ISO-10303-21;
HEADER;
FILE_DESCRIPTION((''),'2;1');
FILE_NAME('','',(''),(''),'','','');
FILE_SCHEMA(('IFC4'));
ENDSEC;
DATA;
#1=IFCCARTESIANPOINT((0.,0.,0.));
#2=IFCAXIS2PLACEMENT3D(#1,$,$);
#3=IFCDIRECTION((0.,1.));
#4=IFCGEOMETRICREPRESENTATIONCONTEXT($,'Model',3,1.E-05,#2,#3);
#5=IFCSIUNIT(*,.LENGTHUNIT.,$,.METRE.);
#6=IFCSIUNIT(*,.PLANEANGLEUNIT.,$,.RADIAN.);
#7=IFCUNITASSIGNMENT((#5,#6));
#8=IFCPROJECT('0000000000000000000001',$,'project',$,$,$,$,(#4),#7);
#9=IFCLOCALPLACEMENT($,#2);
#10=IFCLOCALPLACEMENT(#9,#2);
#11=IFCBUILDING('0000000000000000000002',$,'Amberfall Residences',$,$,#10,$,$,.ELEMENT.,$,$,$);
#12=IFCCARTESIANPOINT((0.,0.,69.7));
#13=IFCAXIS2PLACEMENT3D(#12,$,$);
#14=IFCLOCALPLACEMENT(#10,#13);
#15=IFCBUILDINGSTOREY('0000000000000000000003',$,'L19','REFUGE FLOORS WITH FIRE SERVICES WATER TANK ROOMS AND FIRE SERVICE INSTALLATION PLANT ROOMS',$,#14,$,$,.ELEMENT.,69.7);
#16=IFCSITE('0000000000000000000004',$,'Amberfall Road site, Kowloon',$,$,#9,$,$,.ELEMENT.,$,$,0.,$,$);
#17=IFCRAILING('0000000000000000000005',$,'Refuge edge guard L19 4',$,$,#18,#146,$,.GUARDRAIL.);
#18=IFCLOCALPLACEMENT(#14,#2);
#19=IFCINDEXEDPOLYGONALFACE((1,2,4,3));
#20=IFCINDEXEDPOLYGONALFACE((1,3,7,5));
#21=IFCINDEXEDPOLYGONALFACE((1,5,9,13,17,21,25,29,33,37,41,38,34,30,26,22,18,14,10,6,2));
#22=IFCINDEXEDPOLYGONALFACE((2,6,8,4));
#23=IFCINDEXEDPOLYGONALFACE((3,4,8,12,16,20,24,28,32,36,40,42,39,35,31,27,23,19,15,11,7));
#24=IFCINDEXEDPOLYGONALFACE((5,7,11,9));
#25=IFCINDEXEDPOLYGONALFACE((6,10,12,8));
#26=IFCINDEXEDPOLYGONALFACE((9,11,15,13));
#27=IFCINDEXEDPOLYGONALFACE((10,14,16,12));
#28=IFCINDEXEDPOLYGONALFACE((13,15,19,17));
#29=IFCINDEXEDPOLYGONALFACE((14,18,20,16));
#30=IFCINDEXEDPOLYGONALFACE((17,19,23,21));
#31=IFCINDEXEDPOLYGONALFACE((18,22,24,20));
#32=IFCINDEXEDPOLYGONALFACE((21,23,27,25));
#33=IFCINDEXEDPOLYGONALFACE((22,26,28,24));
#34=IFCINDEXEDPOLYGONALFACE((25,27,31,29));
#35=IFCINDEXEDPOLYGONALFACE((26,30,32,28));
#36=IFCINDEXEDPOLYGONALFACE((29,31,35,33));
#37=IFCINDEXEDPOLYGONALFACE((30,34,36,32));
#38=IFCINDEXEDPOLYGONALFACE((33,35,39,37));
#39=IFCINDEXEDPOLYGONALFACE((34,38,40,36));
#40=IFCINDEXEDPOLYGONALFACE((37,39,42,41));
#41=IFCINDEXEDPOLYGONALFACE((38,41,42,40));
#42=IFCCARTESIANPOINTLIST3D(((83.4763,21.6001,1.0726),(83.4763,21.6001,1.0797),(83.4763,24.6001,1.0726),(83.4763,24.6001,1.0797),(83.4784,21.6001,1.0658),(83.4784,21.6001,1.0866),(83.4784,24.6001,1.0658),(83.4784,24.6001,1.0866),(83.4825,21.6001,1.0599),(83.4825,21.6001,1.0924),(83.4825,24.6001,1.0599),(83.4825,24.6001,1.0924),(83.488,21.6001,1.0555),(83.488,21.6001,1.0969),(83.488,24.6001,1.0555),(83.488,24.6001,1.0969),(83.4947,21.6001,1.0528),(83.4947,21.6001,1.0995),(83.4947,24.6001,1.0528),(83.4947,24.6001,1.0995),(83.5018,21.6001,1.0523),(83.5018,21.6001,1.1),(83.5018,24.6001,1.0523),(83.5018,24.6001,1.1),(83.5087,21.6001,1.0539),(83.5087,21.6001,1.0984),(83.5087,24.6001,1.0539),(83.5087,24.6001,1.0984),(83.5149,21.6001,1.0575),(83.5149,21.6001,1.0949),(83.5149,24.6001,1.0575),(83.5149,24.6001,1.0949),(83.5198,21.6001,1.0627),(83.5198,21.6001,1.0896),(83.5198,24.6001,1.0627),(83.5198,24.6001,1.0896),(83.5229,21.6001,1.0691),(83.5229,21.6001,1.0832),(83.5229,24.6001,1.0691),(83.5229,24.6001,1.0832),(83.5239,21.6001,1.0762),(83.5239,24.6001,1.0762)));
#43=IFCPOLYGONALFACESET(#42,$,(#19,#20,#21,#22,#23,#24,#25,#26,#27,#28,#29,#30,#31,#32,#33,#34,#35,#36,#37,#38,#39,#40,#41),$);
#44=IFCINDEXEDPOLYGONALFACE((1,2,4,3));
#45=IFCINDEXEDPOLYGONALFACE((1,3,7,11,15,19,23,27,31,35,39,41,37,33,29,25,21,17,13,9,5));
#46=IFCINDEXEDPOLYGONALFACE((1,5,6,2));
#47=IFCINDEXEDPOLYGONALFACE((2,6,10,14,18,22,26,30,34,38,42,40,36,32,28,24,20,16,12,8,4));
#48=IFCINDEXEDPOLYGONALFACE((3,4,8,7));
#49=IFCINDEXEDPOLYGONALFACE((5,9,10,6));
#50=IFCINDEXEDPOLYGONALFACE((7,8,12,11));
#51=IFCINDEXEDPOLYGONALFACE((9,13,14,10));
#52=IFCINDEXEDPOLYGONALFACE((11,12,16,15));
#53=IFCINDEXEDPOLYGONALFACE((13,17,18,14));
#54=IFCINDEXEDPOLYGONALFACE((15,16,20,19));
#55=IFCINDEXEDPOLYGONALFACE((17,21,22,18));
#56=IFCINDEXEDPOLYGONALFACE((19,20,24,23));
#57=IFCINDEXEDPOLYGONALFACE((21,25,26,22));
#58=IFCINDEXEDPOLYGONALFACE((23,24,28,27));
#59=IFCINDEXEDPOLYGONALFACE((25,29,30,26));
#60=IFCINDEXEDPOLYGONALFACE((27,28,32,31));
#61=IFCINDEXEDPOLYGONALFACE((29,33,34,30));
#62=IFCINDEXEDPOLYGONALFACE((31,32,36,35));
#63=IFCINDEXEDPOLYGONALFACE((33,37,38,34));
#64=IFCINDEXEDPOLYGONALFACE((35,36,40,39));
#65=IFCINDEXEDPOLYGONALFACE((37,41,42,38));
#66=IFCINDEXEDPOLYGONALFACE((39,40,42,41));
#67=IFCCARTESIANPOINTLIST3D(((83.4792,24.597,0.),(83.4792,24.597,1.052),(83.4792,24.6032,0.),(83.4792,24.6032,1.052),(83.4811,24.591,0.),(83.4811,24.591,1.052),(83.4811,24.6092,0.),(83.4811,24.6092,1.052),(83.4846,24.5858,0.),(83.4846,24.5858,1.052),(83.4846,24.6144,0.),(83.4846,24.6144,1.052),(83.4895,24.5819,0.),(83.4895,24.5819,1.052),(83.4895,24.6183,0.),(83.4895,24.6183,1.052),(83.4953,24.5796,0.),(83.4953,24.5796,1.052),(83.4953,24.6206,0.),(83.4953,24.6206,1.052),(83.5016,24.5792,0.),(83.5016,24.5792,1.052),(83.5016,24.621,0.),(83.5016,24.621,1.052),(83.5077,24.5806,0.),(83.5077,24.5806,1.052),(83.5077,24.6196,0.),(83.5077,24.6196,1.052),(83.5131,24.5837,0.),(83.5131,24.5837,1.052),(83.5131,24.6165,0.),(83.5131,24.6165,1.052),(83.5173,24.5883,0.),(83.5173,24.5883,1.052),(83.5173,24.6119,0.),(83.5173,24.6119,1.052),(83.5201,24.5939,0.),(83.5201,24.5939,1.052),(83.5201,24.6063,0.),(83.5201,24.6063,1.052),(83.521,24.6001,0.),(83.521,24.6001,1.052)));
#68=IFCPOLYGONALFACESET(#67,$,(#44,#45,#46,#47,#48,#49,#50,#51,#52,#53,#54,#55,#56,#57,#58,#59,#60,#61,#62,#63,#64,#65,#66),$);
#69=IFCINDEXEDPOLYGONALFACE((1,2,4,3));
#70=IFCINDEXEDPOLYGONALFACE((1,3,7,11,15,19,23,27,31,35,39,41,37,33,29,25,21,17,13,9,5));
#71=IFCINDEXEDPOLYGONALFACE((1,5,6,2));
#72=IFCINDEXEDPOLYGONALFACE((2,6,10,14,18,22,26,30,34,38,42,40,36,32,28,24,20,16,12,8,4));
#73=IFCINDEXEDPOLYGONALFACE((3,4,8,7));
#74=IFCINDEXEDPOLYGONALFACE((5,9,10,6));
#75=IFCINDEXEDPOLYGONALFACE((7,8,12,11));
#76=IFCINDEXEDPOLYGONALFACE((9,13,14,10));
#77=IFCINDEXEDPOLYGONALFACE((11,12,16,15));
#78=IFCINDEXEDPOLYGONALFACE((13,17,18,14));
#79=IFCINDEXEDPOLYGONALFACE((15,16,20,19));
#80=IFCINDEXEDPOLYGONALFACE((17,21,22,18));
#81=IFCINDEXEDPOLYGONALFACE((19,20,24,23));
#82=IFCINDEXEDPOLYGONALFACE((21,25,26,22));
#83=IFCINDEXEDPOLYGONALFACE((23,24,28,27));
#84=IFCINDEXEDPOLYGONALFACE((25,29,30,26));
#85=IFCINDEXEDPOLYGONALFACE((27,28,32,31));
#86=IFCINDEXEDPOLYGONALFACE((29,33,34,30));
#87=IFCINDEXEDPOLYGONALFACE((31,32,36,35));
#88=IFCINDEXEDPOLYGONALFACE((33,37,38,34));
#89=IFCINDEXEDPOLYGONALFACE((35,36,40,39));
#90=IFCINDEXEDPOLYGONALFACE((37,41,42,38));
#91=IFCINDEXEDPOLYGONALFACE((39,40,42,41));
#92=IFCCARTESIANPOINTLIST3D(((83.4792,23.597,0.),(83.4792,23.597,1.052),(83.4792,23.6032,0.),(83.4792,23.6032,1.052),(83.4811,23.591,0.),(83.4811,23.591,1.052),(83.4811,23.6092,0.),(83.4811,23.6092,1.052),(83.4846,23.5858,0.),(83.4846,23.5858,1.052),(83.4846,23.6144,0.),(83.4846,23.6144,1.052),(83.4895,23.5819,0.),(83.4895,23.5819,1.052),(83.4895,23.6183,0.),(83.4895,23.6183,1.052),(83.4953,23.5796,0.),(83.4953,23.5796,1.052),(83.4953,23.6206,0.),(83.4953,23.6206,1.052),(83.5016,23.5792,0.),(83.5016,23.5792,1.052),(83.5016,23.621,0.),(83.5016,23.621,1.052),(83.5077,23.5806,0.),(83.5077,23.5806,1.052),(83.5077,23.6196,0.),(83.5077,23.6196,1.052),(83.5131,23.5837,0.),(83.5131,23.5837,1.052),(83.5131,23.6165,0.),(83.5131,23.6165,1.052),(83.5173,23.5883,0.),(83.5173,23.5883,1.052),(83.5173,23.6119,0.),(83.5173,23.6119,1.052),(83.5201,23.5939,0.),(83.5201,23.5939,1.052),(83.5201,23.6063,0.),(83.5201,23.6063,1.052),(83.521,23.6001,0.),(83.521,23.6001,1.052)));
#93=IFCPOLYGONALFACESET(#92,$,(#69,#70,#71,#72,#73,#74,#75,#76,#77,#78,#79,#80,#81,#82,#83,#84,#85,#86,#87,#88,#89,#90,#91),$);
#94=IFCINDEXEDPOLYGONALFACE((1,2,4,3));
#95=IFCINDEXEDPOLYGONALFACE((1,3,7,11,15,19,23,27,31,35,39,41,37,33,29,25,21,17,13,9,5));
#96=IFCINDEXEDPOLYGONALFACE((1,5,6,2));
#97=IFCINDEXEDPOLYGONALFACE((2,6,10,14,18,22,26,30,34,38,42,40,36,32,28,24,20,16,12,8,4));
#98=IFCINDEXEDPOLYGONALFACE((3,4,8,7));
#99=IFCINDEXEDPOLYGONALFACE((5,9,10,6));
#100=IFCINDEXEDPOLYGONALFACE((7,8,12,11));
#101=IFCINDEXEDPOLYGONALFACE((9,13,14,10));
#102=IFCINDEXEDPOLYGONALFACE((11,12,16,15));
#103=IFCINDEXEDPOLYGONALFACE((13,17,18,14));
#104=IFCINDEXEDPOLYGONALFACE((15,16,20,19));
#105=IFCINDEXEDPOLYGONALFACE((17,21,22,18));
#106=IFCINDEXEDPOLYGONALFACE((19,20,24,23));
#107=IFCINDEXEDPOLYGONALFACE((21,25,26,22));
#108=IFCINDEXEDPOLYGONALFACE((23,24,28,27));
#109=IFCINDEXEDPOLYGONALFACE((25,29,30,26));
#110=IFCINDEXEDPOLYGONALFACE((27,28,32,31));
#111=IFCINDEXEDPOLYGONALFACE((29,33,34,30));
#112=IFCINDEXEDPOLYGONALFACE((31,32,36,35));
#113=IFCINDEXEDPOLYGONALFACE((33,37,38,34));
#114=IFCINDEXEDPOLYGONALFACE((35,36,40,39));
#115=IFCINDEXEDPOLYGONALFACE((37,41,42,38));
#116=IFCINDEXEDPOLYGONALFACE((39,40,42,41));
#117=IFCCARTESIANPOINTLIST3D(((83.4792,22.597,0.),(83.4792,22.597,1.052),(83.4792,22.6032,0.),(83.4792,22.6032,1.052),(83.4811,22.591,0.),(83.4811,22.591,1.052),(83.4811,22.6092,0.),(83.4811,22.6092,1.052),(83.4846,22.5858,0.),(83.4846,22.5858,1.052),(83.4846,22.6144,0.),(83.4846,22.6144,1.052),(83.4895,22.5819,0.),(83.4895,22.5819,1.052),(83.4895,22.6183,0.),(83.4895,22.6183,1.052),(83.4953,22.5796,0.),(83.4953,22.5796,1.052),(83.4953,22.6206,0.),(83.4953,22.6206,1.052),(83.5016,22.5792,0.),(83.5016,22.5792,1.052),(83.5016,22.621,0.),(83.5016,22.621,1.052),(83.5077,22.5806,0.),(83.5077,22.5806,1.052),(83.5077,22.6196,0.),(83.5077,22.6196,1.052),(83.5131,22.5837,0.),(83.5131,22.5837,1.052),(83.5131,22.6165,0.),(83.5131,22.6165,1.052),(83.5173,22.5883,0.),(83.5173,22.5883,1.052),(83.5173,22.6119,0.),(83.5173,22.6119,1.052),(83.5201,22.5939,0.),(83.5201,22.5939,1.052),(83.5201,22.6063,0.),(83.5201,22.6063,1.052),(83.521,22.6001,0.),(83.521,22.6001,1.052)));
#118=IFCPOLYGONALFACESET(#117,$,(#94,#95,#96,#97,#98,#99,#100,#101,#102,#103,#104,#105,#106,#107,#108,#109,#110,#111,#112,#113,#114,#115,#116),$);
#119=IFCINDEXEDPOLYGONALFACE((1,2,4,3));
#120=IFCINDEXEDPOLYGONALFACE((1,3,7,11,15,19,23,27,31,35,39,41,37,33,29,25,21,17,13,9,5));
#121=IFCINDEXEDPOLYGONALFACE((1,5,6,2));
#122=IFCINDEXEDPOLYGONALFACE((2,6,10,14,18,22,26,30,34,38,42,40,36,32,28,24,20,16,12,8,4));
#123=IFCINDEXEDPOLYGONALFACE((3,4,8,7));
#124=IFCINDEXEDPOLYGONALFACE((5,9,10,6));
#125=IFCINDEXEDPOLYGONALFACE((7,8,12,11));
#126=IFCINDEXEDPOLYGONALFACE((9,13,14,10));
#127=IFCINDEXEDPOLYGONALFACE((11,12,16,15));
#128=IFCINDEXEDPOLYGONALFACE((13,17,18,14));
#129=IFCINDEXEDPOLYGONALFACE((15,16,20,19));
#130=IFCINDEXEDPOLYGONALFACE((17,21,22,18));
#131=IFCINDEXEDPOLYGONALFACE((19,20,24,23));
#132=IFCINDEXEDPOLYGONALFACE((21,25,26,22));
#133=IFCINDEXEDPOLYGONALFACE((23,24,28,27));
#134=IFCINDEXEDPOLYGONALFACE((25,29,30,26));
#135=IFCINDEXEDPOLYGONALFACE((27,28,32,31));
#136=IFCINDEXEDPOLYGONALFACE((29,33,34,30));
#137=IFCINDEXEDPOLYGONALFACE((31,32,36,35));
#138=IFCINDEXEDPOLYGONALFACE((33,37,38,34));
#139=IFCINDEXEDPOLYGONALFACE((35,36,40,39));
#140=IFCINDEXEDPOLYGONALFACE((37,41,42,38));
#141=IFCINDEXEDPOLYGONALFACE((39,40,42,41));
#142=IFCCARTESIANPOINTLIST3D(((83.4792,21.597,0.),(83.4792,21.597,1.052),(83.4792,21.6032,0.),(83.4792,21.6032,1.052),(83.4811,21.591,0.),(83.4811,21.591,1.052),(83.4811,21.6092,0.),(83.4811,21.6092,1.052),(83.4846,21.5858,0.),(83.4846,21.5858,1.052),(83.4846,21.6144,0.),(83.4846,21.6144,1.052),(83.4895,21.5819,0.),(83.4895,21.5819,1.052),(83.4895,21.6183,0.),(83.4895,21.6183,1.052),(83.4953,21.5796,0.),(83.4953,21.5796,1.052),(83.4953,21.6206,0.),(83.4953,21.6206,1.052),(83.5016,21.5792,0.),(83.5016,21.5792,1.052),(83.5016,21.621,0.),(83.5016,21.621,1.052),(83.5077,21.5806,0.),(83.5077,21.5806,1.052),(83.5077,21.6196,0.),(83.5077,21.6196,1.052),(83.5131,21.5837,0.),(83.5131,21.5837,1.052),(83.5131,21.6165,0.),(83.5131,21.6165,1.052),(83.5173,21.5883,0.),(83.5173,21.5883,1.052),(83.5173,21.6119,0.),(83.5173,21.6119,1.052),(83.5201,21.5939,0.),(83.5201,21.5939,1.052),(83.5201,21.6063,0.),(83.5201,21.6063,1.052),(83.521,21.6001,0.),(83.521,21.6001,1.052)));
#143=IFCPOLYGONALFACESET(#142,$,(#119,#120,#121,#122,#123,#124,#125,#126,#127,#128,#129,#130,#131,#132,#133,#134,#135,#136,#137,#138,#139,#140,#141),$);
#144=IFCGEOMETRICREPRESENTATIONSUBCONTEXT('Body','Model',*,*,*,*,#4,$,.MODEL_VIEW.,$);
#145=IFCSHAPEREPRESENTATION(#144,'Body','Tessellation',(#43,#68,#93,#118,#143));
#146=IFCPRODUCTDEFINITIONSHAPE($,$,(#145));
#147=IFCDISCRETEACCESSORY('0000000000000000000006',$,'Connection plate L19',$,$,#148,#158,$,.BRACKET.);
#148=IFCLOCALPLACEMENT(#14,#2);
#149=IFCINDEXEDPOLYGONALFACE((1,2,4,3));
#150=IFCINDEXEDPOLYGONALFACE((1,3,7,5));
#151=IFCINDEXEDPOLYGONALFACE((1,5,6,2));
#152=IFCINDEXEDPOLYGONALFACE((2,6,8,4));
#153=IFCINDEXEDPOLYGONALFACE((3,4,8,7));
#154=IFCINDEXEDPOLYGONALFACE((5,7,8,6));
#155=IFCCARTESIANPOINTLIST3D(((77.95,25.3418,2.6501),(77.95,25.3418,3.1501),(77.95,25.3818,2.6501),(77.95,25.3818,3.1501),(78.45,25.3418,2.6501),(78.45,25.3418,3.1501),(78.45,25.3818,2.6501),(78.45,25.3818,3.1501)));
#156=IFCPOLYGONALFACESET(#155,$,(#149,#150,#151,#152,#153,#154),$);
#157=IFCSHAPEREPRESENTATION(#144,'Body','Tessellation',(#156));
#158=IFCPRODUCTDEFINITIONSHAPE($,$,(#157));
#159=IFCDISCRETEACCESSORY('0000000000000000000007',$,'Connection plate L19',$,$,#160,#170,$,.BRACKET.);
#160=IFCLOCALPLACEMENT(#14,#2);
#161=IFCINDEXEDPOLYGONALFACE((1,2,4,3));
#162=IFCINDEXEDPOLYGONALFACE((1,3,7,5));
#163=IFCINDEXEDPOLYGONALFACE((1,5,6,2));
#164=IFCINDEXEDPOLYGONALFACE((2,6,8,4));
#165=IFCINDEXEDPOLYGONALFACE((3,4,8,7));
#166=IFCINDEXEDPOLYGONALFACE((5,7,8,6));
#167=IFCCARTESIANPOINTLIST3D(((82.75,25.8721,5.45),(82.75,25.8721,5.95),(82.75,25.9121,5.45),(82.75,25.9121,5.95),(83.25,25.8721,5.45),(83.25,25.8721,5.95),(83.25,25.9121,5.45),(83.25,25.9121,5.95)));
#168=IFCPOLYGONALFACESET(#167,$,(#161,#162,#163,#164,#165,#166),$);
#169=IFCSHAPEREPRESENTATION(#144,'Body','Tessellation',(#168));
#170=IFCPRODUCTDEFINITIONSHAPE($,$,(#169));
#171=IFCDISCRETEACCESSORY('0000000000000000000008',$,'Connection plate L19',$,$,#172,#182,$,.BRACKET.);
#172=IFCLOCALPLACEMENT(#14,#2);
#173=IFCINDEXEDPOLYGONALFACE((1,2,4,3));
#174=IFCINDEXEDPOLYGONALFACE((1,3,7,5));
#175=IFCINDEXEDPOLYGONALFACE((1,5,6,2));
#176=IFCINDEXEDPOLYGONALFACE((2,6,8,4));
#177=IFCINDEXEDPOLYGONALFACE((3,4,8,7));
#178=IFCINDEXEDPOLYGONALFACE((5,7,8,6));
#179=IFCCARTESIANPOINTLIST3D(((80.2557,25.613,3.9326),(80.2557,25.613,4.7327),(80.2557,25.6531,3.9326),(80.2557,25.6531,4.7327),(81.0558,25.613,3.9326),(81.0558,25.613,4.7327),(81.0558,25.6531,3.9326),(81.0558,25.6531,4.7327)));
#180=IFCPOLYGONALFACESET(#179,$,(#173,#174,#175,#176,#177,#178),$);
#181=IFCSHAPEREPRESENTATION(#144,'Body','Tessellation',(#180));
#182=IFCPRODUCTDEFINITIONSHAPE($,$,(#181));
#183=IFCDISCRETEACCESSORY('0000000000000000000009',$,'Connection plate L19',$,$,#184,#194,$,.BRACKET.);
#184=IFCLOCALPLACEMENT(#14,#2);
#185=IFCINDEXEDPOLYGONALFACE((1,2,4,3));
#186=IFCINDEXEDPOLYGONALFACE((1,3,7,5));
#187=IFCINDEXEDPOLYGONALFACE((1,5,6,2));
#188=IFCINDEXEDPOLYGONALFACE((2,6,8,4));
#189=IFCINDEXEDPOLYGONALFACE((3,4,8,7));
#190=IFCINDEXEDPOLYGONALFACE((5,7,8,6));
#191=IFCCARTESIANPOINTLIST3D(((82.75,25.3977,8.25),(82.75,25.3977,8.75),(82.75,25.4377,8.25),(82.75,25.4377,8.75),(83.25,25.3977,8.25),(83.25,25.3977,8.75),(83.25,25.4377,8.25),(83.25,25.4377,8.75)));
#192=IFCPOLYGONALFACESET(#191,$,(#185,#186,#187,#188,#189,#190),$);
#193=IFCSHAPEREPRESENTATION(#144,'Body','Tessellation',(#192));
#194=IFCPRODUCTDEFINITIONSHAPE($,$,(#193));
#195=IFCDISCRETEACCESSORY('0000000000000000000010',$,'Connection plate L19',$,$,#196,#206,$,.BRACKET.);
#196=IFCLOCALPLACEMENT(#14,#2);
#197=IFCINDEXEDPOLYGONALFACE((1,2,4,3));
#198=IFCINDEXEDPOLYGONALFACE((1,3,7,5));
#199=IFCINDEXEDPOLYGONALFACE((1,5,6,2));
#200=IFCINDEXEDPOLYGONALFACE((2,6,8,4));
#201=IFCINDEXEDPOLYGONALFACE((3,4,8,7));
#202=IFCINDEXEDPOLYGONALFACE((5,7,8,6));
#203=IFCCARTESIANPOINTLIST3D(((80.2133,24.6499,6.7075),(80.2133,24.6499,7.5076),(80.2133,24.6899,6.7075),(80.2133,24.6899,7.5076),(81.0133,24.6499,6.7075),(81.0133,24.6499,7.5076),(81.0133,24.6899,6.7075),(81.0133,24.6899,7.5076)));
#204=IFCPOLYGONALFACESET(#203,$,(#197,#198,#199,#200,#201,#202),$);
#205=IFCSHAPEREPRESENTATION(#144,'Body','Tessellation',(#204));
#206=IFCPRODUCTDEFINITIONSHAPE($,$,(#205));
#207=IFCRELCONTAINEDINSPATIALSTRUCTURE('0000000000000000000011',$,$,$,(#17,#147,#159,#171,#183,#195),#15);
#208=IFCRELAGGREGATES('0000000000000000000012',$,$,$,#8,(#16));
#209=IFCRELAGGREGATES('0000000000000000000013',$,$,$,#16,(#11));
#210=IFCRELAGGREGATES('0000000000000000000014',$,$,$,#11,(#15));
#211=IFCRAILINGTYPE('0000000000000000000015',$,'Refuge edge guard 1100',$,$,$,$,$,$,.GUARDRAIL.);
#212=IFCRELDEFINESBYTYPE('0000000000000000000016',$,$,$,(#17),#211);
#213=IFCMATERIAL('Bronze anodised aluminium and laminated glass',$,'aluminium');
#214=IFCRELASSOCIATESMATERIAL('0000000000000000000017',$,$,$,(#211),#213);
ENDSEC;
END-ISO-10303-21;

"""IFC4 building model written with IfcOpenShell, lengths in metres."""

from ifc_helpers import new_model, si_unit, direction, frame, origin, origin_2d, place, context, subcontext, project, spatial, rectangle, circle, extrude, material, type_object, element, save


model = new_model("IFC4")

# Units and contexts
model_context = context("Model", 3, precision=1e-05, world=origin(), true_north=direction((0.0, 1.0)))
body_context = subcontext(model_context, "Body", "Model", "MODEL_VIEW")
ifc_project = project(units=[si_unit("LENGTHUNIT", "METRE"), si_unit("PLANEANGLEUNIT", "RADIAN")], contexts=[model_context])

# Site, building, storey
site_placement = place(None, origin())
site = spatial("IfcSite", under=ifc_project, at=site_placement, Name="Amberfall Road site, Kowloon", CompositionType="ELEMENT", RefElevation=0.0)
building_placement = place(site_placement, origin())
building = spatial("IfcBuilding", under=site, at=building_placement, Name="Amberfall Residences", CompositionType="ELEMENT")
storey_placement = place(building_placement, frame((0.0, 0.0, 69.7)))
storey = spatial("IfcBuildingStorey", under=building, at=storey_placement, Name="L19", Description="REFUGE FLOORS WITH FIRE SERVICES WATER TANK ROOMS AND FIRE SERVICE INSTALLATION PLANT ROOMS", CompositionType="ELEMENT", Elevation=69.7)

# Railing
ifc_material_1 = material(Name="Bronze anodised aluminium and laminated glass", Category="aluminium")
railing_type = type_object("IfcRailingType", Name="Refuge edge guard 1100", PredefinedType="GUARDRAIL", material=ifc_material_1)
railing_1_placement = place(storey_placement, frame((83.5, 24.6001, 0.0)))
element("IfcRailing", 1, at=railing_1_placement, inside=storey, type_object=railing_type, Name="Refuge edge guard L19 4", PredefinedType="GUARDRAIL", context=body_context, shape_type="SweptSolid", body=[
    extrude(circle(Radius=0.0239, at=origin_2d()), frame((0.0, 0.0, 1.0762), z_axis=(0.0, -1.0, 0.0), x_axis=(1.0, 0.0, 0.0)), (0.0, 0.0, 1.0), 3.0),
    extrude(circle(Radius=0.021, at=origin_2d()), origin(), (0.0, 0.0, 1.0), 1.052),
    extrude(circle(Radius=0.021, at=origin_2d()), frame((0.0, -1.0, 0.0)), (0.0, 0.0, 1.0), 1.052),
    extrude(circle(Radius=0.021, at=origin_2d()), frame((0.0, -2.0, 0.0)), (0.0, 0.0, 1.0), 1.052),
    extrude(circle(Radius=0.021, at=origin_2d()), frame((0.0, -3.0, 0.0)), (0.0, 0.0, 1.0), 1.052),
])

# Discrete accessories
for number, where, z_axis, x_axis, name in (
    (2, (78.2, 25.3618, 2.6501), (0.0, 0.0, 1.0), (1.0, 0.0, 0.0), "Connection plate L19"),
    (3, (83.0, 25.8921, 5.45), (0.0, 0.0, 1.0), (1.0, 0.0, 0.0), "Connection plate L19"),
):
    element("IfcDiscreteAccessory", number, at=place(storey_placement, frame(where, z_axis=z_axis, x_axis=x_axis)), inside=storey, Name=name, PredefinedType="BRACKET", context=body_context, shape_type="SweptSolid", body=[
        extrude(rectangle(XDim=0.5, YDim=0.04, at=origin_2d()), origin(), (0.0, 0.0, 1.0), 0.5),
    ])
discrete_accessory_1_placement = place(storey_placement, frame((80.6558, 25.6331, 3.9326), z_axis=(0.0, 0.0, 1.0), x_axis=(1.0, 0.0, 0.0)))
element("IfcDiscreteAccessory", 4, at=discrete_accessory_1_placement, inside=storey, Name="Connection plate L19", PredefinedType="BRACKET", context=body_context, shape_type="SweptSolid", body=[
    extrude(rectangle(XDim=0.8, YDim=0.04, at=origin_2d()), origin(), (0.0, 0.0, 1.0), 0.8),
])
discrete_accessory_2_placement = place(storey_placement, frame((83.0, 25.4177, 8.25), z_axis=(0.0, 0.0, 1.0), x_axis=(1.0, 0.0, 0.0)))
element("IfcDiscreteAccessory", 5, at=discrete_accessory_2_placement, inside=storey, Name="Connection plate L19", PredefinedType="BRACKET", context=body_context, shape_type="SweptSolid", body=[
    extrude(rectangle(XDim=0.5, YDim=0.04, at=origin_2d()), origin(), (0.0, 0.0, 1.0), 0.5),
])
discrete_accessory_3_placement = place(storey_placement, frame((80.6133, 24.6699, 6.7075), z_axis=(0.0, 0.0, 1.0), x_axis=(1.0, 0.0, 0.0)))
element("IfcDiscreteAccessory", 6, at=discrete_accessory_3_placement, inside=storey, Name="Connection plate L19", PredefinedType="BRACKET", context=body_context, shape_type="SweptSolid", body=[
    extrude(rectangle(XDim=0.8, YDim=0.04, at=origin_2d()), origin(), (0.0, 0.0, 1.0), 0.8),
])

save(model, "model.ifc")
